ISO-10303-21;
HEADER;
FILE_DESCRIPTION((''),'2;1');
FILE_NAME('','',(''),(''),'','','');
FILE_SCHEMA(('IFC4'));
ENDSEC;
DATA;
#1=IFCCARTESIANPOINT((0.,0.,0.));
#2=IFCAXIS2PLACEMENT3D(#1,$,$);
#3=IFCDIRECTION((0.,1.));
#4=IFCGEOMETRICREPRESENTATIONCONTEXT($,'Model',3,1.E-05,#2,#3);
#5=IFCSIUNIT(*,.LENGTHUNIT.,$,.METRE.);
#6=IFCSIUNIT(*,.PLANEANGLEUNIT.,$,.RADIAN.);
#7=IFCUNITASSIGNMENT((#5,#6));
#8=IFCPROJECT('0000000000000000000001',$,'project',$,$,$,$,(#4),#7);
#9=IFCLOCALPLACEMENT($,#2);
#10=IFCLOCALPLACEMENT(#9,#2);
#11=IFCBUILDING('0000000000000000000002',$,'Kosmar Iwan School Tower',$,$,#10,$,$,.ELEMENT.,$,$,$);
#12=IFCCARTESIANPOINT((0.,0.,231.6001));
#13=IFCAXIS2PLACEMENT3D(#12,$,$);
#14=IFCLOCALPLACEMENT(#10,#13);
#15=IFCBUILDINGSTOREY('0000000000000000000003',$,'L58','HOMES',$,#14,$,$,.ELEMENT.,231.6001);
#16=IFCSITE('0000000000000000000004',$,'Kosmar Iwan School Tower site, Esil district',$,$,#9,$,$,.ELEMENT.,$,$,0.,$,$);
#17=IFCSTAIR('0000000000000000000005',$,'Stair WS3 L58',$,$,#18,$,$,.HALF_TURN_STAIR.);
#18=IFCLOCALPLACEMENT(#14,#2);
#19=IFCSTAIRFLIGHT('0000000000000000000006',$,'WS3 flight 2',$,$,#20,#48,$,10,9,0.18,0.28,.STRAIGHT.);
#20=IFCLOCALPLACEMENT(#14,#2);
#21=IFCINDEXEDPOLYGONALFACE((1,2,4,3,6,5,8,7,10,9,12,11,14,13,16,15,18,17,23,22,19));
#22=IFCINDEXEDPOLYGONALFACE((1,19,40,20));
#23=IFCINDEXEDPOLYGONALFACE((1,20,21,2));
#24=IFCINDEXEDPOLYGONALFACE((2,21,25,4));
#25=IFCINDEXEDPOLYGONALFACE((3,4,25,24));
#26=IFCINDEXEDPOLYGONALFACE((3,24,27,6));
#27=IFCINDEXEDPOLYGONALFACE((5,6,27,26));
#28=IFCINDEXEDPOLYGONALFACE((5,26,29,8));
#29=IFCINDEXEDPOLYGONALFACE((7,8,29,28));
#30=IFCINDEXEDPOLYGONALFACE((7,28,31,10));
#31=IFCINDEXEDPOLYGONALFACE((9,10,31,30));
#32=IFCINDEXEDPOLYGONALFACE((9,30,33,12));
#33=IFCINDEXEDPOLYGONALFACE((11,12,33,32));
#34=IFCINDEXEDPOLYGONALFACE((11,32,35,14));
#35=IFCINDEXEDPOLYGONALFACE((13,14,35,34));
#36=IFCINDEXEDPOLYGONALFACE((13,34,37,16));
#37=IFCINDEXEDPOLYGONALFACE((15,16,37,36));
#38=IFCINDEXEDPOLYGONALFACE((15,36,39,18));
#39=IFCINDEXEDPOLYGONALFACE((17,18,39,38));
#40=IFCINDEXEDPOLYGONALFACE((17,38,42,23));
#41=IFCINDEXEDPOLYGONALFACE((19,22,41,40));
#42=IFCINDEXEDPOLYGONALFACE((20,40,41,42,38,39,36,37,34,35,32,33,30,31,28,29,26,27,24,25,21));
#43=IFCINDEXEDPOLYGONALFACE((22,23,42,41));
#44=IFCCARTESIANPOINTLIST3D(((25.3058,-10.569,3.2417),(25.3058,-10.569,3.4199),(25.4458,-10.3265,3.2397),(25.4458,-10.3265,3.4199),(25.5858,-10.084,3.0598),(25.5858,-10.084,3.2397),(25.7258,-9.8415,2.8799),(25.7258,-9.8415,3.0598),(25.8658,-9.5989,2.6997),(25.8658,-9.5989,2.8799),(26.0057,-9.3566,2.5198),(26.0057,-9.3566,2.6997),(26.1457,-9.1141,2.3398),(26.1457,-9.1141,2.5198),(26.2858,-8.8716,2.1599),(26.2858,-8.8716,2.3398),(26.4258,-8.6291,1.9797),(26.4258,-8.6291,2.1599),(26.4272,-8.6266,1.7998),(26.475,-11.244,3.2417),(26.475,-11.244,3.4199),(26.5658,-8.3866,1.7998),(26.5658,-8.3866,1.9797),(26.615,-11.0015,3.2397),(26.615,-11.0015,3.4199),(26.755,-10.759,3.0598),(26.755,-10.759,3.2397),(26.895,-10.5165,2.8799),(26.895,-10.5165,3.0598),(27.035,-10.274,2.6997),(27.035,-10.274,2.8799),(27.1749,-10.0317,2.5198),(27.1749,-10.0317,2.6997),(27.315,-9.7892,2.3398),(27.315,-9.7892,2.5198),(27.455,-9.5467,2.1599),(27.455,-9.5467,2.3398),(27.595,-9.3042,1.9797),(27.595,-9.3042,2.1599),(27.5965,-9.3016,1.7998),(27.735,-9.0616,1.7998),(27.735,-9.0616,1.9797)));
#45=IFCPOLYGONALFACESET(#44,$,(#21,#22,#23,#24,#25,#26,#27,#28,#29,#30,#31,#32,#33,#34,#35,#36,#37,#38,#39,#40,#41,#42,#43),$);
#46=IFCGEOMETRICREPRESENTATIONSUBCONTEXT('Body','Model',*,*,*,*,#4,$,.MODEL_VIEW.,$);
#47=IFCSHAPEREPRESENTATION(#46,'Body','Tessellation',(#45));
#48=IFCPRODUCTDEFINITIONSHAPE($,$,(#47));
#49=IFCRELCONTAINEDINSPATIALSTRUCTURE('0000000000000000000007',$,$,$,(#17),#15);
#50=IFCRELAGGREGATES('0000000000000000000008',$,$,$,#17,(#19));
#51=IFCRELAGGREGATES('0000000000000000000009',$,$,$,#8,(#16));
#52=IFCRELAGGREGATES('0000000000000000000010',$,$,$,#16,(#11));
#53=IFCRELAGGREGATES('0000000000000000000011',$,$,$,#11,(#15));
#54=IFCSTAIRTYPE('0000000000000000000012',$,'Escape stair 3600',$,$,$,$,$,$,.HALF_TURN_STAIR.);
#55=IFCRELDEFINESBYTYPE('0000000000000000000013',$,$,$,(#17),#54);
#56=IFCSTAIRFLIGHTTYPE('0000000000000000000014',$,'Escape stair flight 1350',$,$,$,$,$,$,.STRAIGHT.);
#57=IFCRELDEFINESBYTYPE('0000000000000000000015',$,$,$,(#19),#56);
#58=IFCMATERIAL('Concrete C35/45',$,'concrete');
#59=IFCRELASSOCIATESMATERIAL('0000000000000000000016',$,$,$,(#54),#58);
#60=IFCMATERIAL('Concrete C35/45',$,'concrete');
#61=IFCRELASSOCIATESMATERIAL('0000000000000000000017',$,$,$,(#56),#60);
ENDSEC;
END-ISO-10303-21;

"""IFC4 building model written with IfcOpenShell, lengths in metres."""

from ifc_helpers import new_model, si_unit, direction, frame, origin, place, context, subcontext, project, spatial, polyline, outline, extrude, material, type_object, element, aggregate, save


model = new_model("IFC4")

# Units and contexts
model_context = context("Model", 3, precision=1e-05, world=origin(), true_north=direction((0.0, 1.0)))
body_context = subcontext(model_context, "Body", "Model", "MODEL_VIEW")
ifc_project = project(units=[si_unit("LENGTHUNIT", "METRE"), si_unit("PLANEANGLEUNIT", "RADIAN")], contexts=[model_context])

# Site, building, storey
site_placement = place(None, origin())
site = spatial("IfcSite", under=ifc_project, at=site_placement, Name="Kosmar Iwan School Tower site, Esil district", CompositionType="ELEMENT", RefElevation=0.0)
building_placement = place(site_placement, origin())
building = spatial("IfcBuilding", under=site, at=building_placement, Name="Kosmar Iwan School Tower", CompositionType="ELEMENT")
storey_placement = place(building_placement, frame((0.0, 0.0, 231.6001)))
storey = spatial("IfcBuildingStorey", under=building, at=storey_placement, Name="L58", Description="HOMES", CompositionType="ELEMENT", Elevation=231.6001)

# Stair, stair flight
ifc_material_1 = material(Name="Concrete C35/45", Category="concrete")
stair_type = type_object("IfcStairType", Name="Escape stair 3600", PredefinedType="HALF_TURN_STAIR", material=ifc_material_1)
stair_placement = place(storey_placement, origin())
stair = element("IfcStair", 1, at=stair_placement, inside=storey, type_object=stair_type, Name="Stair WS3 L58", PredefinedType="HALF_TURN_STAIR")
ifc_material_2 = material(Name="Concrete C35/45", Category="concrete")
stair_flight_type = type_object("IfcStairFlightType", Name="Escape stair flight 1350", PredefinedType="STRAIGHT", material=ifc_material_2)
stair_flight_1_placement = place(storey_placement, frame((27.1504, -8.7241, 1.7998), z_axis=(0.0, 0.0, 1.0), x_axis=(-0.5, -0.866025, 0.0)))
stair_flight_1 = element("IfcStairFlight", 2, at=stair_flight_1_placement, type_object=stair_flight_type, Name="WS3 flight 2", NumberOfRisers=10, NumberOfTreads=9, PredefinedType="STRAIGHT", RiserHeight=0.18, TreadLength=0.28, context=body_context, shape_type="SweptSolid", body=[
    extrude(outline(polyline([(0.0, 0.0), (0.0, 0.1799), (0.28, 0.1799), (0.28, 0.3601), (0.5601, 0.3601), (0.5601, 0.54), (0.8401, 0.54), (0.8401, 0.72), (1.1201, 0.72), (1.1201, 0.8999), (1.3999, 0.8999), (1.3999, 1.0801), (1.6799, 1.0801), (1.6799, 1.26), (1.96, 1.26), (1.96, 1.4399), (2.24, 1.4399), (2.24, 1.6201), (2.52, 1.6201), (2.52, 1.8), (2.52, 1.4419), (0.2771, 0.0), (0.0, 0.0)])), frame((0.0, 0.675, 0.0), z_axis=(0.0, -1.0, 0.0), x_axis=(1.0, 0.0, 0.0)), (0.0, 0.0, 1.0), 1.3501),
])
aggregate(stair, [stair_flight_1])

save(model, "model.ifc")
